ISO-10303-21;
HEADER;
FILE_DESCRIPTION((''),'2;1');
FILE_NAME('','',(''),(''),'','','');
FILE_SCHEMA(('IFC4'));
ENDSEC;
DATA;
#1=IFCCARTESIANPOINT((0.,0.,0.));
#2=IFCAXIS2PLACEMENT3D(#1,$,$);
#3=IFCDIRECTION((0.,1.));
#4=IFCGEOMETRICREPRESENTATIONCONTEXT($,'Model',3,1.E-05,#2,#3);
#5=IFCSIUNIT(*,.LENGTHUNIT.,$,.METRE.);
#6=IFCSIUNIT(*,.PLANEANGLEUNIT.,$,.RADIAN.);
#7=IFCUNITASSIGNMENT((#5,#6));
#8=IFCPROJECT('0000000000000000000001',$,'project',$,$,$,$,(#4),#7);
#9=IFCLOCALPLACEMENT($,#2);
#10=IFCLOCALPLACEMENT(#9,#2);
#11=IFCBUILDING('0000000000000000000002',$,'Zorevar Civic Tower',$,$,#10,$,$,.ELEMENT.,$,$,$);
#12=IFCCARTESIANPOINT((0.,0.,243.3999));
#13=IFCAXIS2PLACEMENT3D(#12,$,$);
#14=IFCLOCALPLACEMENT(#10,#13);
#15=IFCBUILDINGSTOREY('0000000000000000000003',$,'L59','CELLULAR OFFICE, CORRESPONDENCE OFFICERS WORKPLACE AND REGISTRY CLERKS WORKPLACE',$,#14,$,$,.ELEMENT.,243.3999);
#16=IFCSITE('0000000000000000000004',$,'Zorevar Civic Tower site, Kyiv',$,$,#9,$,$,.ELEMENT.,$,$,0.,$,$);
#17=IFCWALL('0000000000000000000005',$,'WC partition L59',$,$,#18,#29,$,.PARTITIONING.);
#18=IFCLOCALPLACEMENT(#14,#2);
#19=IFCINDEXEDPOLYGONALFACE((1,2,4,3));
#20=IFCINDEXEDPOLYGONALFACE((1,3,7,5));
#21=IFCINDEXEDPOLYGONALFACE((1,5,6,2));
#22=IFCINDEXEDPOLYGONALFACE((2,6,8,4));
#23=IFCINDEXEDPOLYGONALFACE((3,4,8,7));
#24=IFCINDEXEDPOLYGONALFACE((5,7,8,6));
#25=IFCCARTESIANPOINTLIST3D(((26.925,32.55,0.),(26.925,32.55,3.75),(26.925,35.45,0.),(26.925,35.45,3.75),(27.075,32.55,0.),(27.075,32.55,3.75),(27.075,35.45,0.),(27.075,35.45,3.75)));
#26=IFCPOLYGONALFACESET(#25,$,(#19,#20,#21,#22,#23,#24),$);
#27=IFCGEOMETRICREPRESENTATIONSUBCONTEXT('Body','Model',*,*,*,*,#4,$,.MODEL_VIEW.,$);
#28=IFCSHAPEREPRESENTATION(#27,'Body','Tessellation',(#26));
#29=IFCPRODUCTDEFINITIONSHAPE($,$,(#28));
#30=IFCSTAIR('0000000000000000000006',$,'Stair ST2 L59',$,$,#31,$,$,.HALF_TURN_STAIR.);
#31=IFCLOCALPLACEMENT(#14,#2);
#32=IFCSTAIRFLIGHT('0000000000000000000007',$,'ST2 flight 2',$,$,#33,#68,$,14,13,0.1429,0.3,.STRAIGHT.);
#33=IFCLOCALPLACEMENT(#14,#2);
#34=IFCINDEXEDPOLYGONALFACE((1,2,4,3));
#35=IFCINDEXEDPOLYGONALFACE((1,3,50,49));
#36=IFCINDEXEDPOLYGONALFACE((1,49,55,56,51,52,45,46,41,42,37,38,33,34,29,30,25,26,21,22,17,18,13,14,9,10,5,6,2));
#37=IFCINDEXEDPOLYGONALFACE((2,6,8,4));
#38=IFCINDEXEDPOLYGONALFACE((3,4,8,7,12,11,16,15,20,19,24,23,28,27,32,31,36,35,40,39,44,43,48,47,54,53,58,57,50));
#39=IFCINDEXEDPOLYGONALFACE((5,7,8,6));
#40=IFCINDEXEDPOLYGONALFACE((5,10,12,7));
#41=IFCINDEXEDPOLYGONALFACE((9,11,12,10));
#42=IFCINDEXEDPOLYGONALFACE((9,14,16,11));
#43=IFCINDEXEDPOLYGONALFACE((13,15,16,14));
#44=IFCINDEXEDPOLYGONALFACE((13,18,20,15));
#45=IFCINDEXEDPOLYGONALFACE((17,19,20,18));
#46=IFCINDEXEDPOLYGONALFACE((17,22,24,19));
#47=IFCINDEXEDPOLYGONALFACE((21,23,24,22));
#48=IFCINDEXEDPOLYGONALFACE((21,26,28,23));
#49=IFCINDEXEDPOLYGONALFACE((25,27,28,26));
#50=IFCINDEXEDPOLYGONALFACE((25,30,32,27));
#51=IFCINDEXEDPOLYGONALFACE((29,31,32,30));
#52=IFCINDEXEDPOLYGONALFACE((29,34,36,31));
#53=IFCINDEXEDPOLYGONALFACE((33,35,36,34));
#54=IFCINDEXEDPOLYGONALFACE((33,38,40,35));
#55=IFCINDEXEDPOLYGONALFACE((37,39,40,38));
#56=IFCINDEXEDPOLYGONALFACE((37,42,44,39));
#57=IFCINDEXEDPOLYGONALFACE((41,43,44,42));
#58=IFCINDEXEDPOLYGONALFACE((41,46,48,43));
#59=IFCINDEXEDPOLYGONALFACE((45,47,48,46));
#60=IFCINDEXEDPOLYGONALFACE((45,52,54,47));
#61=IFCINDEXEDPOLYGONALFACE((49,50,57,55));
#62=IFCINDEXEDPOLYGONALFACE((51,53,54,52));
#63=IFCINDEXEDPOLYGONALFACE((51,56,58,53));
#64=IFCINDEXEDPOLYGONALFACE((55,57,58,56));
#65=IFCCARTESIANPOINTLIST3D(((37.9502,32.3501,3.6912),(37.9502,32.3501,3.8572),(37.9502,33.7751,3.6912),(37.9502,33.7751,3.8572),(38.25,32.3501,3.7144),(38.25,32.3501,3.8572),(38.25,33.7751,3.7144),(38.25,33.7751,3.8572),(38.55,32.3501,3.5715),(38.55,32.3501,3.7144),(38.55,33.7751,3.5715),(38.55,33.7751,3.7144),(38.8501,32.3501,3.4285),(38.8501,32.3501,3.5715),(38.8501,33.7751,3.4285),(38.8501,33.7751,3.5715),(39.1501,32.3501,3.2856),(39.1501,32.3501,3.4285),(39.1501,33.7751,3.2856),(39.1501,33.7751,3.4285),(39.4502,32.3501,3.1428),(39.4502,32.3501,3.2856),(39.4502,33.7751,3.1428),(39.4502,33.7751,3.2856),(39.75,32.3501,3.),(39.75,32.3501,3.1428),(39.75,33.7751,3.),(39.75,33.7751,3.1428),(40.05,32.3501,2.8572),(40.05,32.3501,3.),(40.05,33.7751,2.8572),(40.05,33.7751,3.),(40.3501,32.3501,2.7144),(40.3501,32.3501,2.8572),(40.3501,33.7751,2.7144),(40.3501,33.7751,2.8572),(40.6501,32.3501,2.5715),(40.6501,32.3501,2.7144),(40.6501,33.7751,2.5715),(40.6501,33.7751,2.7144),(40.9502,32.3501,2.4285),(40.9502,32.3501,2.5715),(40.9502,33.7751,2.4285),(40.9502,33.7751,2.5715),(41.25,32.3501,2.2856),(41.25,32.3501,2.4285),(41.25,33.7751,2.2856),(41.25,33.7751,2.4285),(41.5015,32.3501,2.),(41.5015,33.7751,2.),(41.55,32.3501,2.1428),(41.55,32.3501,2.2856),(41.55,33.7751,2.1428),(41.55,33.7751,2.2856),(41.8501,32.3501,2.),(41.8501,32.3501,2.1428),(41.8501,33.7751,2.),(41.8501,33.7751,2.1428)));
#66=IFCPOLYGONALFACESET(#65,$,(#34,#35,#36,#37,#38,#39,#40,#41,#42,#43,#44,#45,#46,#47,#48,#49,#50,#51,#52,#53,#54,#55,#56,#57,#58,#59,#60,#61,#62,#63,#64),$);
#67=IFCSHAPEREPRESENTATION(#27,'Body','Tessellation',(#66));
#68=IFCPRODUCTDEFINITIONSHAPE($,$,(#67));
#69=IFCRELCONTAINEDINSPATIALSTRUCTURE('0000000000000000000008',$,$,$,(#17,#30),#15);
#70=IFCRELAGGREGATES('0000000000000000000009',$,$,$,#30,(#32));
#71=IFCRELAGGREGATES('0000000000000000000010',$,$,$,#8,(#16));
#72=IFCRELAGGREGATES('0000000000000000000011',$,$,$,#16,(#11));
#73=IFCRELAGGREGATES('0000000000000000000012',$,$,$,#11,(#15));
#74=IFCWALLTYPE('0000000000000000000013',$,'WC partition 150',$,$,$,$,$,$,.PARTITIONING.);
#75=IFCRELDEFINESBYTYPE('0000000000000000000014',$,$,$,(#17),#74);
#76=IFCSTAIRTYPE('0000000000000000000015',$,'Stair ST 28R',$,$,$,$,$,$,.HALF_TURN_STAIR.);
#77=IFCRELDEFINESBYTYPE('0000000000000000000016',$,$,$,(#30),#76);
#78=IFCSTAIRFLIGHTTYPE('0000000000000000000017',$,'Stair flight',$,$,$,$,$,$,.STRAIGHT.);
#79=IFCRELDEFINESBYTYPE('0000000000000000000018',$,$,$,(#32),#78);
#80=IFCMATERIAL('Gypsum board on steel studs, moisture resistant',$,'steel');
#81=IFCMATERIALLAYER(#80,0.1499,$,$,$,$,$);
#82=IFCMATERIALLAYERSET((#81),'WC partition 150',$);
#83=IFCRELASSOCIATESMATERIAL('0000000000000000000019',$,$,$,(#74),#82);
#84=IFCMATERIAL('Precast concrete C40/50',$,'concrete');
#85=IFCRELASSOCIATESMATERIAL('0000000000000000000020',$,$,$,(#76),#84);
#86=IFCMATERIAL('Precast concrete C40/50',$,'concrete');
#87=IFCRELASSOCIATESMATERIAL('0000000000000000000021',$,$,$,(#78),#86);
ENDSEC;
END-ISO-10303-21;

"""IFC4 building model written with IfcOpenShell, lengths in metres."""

from ifc_helpers import new_model, si_unit, direction, frame, frame_2d, origin, place, context, subcontext, project, spatial, polyline, rectangle, outline, extrude, material, layer, layer_set, type_object, element, aggregate, save


model = new_model("IFC4")

# Units and contexts
model_context = context("Model", 3, precision=1e-05, world=origin(), true_north=direction((0.0, 1.0)))
body_context = subcontext(model_context, "Body", "Model", "MODEL_VIEW")
ifc_project = project(units=[si_unit("LENGTHUNIT", "METRE"), si_unit("PLANEANGLEUNIT", "RADIAN")], contexts=[model_context])

# Site, building, storey
site_placement = place(None, origin())
site = spatial("IfcSite", under=ifc_project, at=site_placement, Name="Zorevar Civic Tower site, Kyiv", CompositionType="ELEMENT", RefElevation=0.0)
building_placement = place(site_placement, origin())
building = spatial("IfcBuilding", under=site, at=building_placement, Name="Zorevar Civic Tower", CompositionType="ELEMENT")
storey_placement = place(building_placement, frame((0.0, 0.0, 243.3999)))
storey = spatial("IfcBuildingStorey", under=building, at=storey_placement, Name="L59", Description="CELLULAR OFFICE, CORRESPONDENCE OFFICERS WORKPLACE AND REGISTRY CLERKS WORKPLACE", CompositionType="ELEMENT", Elevation=243.3999)

# Wall
ifc_material_1 = material(Name="Gypsum board on steel studs, moisture resistant", Category="steel")
ifc_layer_1 = layer(ifc_material_1, 0.1499)
ifc_layer_set_1 = layer_set([ifc_layer_1], Name="WC partition 150")
wall_type_1 = type_object("IfcWallType", Name="WC partition 150", PredefinedType="PARTITIONING", material=ifc_layer_set_1)
wall_1_placement = place(storey_placement, frame((27.0, 32.55, 0.0), z_axis=(0.0, 0.0, 1.0), x_axis=(0.0, 1.0, 0.0)))
element("IfcWall", 1, at=wall_1_placement, inside=storey, type_object=wall_type_1, Name="WC partition L59", PredefinedType="PARTITIONING", context=body_context, shape_type="SweptSolid", body=[
    extrude(rectangle(XDim=2.8999, YDim=0.1499, at=frame_2d((1.45, 0.0))), origin(), (0.0, 0.0, 1.0), 3.75),
])

# Stair, stair flight
ifc_material_2 = material(Name="Precast concrete C40/50", Category="concrete")
stair_type = type_object("IfcStairType", Name="Stair ST 28R", PredefinedType="HALF_TURN_STAIR", material=ifc_material_2)
stair_placement = place(storey_placement, origin())
stair = element("IfcStair", 2, at=stair_placement, inside=storey, type_object=stair_type, Name="Stair ST2 L59", PredefinedType="HALF_TURN_STAIR")
ifc_material_3 = material(Name="Precast concrete C40/50", Category="concrete")
stair_flight_type = type_object("IfcStairFlightType", Name="Stair flight", PredefinedType="STRAIGHT", material=ifc_material_3)
stair_flight_placement = place(storey_placement, frame((41.8501, 33.0625, 2.0), z_axis=(0.0, 0.0, 1.0), x_axis=(-1.0, 0.0, 0.0)))
stair_flight = element("IfcStairFlight", 3, at=stair_flight_placement, type_object=stair_flight_type, Name="ST2 flight 2", NumberOfRisers=14, NumberOfTreads=13, PredefinedType="STRAIGHT", RiserHeight=0.1429, TreadLength=0.3, context=body_context, shape_type="SweptSolid", body=[
    extrude(outline(polyline([(0.0, 0.0), (0.0, 0.1428), (0.3, 0.1428), (0.3, 0.2856), (0.6001, 0.2856), (0.6001, 0.4285), (0.8999, 0.4285), (0.8999, 0.5715), (1.2, 0.5715), (1.2, 0.7144), (1.5, 0.7144), (1.5, 0.8572), (1.8, 0.8572), (1.8, 1.0), (2.1001, 1.0), (2.1001, 1.1428), (2.3999, 1.1428), (2.3999, 1.2856), (2.7, 1.2856), (2.7, 1.4285), (3.0, 1.4285), (3.0, 1.5715), (3.3, 1.5715), (3.3, 1.7144), (3.6001, 1.7144), (3.6001, 1.8572), (3.8999, 1.8572), (3.8999, 2.0), (3.8999, 1.6912), (0.3486, 0.0), (0.0, 0.0)])), frame((0.0, 0.7124, 0.0), z_axis=(0.0, -1.0, 0.0), x_axis=(1.0, 0.0, 0.0)), (0.0, 0.0, 1.0), 1.425),
])
aggregate(stair, [stair_flight])

save(model, "model.ifc")
